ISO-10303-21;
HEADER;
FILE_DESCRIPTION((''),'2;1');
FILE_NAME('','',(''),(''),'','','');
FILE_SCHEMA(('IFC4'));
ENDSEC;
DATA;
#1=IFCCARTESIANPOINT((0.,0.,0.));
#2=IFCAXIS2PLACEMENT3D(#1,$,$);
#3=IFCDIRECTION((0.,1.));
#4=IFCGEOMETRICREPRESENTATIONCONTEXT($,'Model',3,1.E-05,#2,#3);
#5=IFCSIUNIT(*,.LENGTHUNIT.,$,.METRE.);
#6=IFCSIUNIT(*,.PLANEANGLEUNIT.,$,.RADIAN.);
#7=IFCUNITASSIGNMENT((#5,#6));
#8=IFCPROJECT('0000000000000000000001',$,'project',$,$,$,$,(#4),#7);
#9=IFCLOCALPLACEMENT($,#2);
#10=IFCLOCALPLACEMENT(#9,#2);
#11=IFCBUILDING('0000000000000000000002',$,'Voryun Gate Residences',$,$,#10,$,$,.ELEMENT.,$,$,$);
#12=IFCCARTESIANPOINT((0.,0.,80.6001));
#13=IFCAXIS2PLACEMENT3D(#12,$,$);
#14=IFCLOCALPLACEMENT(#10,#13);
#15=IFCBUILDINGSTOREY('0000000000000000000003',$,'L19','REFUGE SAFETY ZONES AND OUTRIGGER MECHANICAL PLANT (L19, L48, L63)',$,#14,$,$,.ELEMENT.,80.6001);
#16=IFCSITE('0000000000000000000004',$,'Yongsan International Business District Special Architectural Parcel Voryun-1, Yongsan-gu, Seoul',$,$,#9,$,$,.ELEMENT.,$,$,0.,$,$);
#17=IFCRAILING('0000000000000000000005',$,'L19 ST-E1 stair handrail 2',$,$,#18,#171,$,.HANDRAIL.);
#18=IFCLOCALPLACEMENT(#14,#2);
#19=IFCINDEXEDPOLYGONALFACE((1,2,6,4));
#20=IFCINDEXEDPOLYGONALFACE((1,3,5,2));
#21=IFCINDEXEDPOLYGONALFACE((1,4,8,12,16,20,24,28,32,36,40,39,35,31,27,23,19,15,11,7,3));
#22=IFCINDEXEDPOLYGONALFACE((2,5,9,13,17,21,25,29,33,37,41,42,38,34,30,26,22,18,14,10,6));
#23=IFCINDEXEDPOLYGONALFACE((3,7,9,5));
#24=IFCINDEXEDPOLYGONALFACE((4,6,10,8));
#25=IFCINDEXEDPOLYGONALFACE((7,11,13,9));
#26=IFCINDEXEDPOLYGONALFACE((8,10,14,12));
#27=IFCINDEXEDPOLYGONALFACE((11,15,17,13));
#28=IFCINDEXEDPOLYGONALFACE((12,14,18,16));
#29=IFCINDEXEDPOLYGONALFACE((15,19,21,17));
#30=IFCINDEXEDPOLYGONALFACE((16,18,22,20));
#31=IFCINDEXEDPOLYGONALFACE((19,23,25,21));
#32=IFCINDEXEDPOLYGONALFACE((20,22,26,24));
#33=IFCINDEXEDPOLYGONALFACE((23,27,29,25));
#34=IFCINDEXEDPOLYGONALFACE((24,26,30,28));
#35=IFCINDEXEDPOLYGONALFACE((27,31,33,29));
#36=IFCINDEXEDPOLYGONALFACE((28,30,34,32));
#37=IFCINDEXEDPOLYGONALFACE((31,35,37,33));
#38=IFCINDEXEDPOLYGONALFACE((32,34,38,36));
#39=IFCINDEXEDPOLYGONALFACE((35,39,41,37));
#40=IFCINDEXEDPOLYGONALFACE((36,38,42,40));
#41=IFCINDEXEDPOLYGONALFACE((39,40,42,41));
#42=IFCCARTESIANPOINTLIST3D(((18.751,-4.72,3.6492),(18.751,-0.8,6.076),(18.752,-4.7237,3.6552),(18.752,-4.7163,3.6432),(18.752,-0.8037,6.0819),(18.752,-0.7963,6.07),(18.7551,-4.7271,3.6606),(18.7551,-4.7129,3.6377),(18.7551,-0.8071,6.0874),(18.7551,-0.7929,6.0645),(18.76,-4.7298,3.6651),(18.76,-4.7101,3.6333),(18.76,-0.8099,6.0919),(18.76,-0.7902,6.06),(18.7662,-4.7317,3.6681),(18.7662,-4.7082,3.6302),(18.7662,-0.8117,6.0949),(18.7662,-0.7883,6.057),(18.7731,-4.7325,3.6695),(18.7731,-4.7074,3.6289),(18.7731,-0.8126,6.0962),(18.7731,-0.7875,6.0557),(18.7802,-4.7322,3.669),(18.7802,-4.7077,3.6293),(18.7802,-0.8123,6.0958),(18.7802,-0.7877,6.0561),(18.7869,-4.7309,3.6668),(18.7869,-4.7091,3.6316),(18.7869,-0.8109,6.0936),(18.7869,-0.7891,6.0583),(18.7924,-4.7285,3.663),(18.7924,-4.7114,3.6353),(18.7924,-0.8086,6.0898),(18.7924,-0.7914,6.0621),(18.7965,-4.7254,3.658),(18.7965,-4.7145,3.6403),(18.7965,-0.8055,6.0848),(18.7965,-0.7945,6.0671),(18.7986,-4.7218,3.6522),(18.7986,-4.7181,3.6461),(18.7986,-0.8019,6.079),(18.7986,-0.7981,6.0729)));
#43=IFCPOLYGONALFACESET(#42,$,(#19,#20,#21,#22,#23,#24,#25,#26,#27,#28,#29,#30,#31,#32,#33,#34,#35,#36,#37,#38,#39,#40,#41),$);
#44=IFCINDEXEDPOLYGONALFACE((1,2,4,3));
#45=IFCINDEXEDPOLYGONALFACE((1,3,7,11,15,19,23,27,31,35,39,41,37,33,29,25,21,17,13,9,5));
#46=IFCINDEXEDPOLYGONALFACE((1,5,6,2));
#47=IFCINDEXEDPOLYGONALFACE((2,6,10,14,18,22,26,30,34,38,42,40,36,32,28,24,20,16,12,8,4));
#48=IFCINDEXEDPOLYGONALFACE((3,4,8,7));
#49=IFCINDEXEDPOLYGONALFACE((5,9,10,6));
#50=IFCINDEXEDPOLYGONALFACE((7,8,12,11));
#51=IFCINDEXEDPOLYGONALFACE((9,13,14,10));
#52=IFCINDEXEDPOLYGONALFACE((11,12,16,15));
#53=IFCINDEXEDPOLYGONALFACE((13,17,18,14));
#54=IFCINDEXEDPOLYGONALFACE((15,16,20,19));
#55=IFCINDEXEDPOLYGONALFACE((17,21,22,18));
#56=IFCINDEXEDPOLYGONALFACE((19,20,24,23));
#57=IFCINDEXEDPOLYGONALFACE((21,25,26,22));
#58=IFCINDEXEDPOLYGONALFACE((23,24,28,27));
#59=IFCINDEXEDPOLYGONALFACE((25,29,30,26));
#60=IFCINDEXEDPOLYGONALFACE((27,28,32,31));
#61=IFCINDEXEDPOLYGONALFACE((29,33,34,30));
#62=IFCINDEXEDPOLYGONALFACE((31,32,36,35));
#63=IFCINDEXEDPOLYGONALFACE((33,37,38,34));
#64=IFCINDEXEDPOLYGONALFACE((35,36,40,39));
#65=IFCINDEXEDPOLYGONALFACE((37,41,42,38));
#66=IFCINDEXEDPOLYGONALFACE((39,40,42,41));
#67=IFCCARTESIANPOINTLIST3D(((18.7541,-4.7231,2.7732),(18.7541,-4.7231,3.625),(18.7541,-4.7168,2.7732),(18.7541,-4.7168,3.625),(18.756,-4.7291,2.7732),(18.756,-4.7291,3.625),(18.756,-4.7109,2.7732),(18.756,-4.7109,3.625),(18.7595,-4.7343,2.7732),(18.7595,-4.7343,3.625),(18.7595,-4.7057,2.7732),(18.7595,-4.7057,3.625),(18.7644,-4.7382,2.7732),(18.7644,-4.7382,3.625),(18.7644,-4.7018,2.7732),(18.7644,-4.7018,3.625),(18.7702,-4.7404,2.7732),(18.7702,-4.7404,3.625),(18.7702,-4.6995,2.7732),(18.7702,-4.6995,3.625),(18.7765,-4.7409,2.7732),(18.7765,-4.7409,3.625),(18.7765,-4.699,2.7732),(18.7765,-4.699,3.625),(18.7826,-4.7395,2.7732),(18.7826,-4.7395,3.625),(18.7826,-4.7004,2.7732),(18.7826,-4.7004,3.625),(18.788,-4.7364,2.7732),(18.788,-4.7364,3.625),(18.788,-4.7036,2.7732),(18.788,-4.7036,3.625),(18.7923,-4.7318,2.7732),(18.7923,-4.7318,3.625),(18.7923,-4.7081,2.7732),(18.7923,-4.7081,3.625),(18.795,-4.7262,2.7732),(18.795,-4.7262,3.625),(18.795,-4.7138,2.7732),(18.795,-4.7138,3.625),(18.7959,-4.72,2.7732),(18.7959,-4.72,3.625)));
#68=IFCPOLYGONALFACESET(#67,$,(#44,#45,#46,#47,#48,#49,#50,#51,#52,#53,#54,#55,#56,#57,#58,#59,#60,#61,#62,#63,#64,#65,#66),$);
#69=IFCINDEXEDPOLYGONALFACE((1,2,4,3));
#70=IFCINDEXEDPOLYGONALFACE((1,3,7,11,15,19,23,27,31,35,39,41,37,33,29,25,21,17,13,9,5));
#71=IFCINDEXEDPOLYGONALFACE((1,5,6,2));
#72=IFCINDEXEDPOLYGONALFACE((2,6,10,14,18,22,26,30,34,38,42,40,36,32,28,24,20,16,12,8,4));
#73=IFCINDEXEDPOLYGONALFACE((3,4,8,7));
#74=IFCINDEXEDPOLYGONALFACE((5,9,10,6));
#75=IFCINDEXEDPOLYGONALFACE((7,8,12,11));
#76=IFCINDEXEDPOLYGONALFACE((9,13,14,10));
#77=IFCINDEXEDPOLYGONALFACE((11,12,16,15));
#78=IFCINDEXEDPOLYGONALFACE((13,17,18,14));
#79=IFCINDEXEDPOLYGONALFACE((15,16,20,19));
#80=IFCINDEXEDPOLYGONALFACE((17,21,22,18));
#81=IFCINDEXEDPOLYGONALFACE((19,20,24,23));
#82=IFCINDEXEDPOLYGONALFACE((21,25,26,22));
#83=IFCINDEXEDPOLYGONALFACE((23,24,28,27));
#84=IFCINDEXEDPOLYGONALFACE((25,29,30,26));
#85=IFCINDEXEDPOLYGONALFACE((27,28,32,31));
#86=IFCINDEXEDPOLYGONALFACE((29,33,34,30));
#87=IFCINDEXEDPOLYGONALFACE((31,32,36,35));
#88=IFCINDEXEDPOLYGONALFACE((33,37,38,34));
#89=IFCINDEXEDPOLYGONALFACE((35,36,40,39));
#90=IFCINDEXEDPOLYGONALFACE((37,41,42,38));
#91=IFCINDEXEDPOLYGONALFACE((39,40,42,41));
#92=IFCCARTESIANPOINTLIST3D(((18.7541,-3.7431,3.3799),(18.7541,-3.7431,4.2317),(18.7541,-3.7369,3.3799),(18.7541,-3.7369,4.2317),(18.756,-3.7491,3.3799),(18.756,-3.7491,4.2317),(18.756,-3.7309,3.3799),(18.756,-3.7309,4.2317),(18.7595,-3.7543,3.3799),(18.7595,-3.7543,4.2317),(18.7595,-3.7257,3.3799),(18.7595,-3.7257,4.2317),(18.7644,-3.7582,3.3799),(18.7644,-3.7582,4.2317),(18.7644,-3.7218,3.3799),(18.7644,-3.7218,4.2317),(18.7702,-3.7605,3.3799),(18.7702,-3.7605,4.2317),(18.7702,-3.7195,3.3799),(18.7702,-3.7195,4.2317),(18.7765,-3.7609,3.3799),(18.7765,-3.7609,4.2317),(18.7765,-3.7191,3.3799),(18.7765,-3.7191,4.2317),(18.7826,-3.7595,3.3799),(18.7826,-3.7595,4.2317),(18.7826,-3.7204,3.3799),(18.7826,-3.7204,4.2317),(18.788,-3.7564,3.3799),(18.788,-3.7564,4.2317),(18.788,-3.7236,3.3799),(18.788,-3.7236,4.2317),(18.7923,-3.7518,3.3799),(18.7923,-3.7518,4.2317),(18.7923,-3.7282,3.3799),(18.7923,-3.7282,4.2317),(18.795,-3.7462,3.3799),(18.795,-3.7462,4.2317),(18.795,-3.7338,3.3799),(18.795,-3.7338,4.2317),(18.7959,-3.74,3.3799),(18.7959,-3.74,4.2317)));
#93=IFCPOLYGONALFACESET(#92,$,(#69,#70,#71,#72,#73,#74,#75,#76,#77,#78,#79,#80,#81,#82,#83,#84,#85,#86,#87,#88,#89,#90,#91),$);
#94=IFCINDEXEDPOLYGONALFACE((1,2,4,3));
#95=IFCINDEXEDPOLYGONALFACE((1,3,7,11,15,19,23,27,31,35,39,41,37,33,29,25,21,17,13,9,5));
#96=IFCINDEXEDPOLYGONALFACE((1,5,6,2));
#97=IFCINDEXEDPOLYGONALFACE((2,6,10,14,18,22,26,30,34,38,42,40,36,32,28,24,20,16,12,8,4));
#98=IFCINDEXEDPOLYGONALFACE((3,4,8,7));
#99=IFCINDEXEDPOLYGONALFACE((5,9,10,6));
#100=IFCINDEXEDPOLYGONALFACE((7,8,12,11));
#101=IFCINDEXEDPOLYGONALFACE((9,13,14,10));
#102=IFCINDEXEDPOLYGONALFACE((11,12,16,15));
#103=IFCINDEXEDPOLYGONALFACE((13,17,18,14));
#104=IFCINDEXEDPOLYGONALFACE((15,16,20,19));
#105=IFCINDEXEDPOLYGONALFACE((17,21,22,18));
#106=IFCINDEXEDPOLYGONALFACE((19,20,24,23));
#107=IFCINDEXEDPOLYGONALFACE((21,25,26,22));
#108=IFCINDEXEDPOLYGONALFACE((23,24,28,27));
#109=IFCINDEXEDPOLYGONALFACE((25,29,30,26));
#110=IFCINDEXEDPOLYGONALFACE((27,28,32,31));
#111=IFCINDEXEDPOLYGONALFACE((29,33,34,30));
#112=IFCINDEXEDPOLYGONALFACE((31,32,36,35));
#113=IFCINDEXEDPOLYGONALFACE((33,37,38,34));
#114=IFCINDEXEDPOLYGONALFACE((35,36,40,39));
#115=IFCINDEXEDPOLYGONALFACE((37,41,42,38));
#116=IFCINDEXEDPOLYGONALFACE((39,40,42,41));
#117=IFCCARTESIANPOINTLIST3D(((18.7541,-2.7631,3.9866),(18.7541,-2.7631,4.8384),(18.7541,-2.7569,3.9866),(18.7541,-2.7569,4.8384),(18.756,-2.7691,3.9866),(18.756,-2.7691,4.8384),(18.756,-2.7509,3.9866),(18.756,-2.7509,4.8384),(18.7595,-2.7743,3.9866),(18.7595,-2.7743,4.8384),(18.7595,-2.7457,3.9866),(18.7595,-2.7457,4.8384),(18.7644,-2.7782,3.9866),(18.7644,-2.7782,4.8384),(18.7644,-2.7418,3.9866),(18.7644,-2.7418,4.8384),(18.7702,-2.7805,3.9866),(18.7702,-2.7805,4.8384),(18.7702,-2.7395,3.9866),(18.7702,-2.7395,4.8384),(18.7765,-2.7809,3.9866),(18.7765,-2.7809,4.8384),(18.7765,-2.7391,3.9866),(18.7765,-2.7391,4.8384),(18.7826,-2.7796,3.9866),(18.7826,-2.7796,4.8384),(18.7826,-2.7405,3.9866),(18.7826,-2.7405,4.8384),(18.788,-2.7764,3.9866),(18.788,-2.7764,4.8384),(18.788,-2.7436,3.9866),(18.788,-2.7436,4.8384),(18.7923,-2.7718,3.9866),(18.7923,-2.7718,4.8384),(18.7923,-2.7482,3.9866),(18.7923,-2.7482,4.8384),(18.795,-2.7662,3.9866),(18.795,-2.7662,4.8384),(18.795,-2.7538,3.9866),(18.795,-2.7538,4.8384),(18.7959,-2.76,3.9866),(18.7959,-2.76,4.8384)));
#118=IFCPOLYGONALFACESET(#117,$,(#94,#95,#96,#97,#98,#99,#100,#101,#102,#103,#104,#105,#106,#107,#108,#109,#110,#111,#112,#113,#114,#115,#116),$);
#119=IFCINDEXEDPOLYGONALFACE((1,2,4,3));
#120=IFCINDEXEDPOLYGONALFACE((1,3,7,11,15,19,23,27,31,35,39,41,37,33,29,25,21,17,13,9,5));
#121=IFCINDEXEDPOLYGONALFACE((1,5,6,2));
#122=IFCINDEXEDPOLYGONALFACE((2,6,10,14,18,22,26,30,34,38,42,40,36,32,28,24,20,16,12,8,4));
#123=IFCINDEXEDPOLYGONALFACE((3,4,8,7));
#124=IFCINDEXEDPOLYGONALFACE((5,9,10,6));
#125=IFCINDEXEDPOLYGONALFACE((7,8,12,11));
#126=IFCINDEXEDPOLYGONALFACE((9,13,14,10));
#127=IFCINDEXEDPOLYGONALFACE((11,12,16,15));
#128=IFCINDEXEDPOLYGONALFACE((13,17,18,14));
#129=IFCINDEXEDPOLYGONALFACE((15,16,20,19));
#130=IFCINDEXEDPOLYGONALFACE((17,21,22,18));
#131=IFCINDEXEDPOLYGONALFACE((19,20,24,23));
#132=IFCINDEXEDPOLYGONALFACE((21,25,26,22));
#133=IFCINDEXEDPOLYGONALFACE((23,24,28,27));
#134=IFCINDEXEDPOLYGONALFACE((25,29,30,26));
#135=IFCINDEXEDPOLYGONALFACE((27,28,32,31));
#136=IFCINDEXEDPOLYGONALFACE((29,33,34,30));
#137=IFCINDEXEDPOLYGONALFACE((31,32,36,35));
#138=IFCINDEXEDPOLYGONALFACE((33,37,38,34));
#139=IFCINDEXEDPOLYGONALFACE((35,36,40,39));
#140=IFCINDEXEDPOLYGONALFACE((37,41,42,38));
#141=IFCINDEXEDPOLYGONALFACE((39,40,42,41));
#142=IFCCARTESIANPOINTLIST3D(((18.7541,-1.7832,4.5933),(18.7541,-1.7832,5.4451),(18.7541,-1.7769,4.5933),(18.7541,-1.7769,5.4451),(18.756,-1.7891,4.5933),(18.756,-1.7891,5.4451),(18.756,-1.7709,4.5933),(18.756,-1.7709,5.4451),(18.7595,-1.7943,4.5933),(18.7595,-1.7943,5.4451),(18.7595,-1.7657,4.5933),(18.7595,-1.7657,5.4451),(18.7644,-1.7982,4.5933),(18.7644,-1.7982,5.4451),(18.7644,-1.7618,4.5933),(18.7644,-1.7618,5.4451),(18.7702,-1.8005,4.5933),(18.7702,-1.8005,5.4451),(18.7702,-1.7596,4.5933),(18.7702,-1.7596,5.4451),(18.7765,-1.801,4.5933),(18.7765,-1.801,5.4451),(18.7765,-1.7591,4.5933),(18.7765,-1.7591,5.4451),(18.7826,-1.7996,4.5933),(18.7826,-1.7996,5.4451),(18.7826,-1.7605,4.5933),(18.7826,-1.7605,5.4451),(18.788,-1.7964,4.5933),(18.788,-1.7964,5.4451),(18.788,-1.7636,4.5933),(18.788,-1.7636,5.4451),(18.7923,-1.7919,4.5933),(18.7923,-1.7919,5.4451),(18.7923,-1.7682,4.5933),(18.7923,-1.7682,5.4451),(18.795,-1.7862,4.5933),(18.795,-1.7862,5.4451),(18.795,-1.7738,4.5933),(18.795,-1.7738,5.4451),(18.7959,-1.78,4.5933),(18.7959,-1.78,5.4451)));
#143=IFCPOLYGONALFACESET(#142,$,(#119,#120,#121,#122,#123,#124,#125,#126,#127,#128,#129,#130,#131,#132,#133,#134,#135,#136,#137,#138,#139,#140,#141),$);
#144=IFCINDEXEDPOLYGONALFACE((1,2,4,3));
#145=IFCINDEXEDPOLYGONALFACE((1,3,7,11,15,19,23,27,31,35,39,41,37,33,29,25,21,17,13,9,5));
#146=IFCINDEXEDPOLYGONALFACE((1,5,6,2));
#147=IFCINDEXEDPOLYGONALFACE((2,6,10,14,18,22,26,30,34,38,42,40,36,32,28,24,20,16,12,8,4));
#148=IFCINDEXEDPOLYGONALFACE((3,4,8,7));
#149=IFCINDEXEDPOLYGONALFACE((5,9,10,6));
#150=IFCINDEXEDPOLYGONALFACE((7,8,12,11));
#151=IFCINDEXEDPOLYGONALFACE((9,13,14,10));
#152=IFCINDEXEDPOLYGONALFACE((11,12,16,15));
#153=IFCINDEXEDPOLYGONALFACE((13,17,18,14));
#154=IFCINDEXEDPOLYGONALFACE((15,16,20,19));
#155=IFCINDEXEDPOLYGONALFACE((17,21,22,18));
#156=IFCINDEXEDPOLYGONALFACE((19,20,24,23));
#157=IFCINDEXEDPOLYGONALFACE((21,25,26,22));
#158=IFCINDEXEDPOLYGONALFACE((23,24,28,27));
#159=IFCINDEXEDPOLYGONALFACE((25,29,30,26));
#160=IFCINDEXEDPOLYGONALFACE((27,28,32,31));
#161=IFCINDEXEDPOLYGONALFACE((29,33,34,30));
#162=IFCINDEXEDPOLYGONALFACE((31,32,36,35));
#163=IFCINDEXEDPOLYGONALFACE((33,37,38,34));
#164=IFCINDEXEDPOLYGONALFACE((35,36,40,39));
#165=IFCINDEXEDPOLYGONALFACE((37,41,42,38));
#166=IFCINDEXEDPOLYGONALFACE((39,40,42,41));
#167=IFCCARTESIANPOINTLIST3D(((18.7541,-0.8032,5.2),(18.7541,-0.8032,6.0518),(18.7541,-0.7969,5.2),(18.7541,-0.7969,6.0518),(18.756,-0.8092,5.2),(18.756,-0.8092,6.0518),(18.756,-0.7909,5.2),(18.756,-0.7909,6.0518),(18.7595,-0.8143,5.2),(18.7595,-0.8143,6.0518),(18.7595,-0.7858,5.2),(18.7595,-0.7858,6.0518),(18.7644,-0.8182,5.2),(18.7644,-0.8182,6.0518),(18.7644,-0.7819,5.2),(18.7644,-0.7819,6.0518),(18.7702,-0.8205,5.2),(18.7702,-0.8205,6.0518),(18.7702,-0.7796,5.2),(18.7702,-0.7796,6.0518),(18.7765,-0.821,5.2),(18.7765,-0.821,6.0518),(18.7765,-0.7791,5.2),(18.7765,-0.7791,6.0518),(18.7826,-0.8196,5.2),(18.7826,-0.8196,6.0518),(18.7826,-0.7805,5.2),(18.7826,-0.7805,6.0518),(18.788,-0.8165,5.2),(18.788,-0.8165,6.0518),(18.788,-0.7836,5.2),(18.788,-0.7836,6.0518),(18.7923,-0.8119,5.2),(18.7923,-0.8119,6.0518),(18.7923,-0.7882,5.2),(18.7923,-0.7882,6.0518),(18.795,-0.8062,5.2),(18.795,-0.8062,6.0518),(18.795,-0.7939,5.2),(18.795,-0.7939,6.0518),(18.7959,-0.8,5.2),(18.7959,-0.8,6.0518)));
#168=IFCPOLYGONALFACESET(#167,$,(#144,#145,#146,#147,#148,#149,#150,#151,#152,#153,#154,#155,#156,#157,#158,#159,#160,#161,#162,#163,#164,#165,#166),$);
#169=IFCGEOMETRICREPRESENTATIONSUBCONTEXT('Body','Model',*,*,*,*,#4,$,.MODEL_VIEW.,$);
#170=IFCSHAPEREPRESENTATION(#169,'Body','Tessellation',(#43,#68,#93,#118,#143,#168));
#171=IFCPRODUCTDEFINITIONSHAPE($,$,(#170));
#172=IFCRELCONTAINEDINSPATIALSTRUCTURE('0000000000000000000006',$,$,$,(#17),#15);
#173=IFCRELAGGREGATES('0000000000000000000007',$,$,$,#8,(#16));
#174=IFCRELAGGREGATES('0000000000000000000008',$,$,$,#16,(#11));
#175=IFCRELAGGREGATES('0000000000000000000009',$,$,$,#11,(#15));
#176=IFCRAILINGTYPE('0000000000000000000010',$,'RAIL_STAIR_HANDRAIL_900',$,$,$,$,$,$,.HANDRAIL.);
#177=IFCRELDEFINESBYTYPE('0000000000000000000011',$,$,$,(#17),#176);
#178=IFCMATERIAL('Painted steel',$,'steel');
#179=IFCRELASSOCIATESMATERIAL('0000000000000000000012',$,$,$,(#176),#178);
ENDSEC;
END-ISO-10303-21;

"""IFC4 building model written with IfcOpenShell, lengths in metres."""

from ifc_helpers import new_model, si_unit, direction, frame, origin, origin_2d, place, context, subcontext, project, spatial, circle, extrude, material, type_object, element, save


model = new_model("IFC4")

# Units and contexts
model_context = context("Model", 3, precision=1e-05, world=origin(), true_north=direction((0.0, 1.0)))
body_context = subcontext(model_context, "Body", "Model", "MODEL_VIEW")
ifc_project = project(units=[si_unit("LENGTHUNIT", "METRE"), si_unit("PLANEANGLEUNIT", "RADIAN")], contexts=[model_context])

# Site, building, storey
site_placement = place(None, origin())
site = spatial("IfcSite", under=ifc_project, at=site_placement, Name="Yongsan International Business District Special Architectural Parcel Voryun-1, Yongsan-gu, Seoul", CompositionType="ELEMENT", RefElevation=0.0)
building_placement = place(site_placement, origin())
building = spatial("IfcBuilding", under=site, at=building_placement, Name="Voryun Gate Residences", CompositionType="ELEMENT")
storey_placement = place(building_placement, frame((0.0, 0.0, 80.6001)))
storey = spatial("IfcBuildingStorey", under=building, at=storey_placement, Name="L19", Description="REFUGE SAFETY ZONES AND OUTRIGGER MECHANICAL PLANT (L19, L48, L63)", CompositionType="ELEMENT", Elevation=80.6001)

# Railing
ifc_material_1 = material(Name="Painted steel", Category="steel")
railing_type_1 = type_object("IfcRailingType", Name="RAIL_STAIR_HANDRAIL_900", PredefinedType="HANDRAIL", material=ifc_material_1)
railing_1_placement = place(storey_placement, frame((18.7749, -4.72, 2.7732)))
element("IfcRailing", 1, at=railing_1_placement, inside=storey, type_object=railing_type_1, Name="L19 ST-E1 stair handrail 2", PredefinedType="HANDRAIL", context=body_context, shape_type="SweptSolid", body=[
    extrude(circle(Radius=0.0239, at=origin_2d()), frame((0.0, 0.0, 0.876), z_axis=(0.0, 0.850252, 0.526376), x_axis=(-1.0, 0.0, 0.0)), (0.0, 0.0, 1.0), 4.6104),
    extrude(circle(Radius=0.021, at=origin_2d()), origin(), (0.0, 0.0, 1.0), 0.8518),
    extrude(circle(Radius=0.021, at=origin_2d()), frame((0.0, 0.98, 0.6067)), (0.0, 0.0, 1.0), 0.8518),
    extrude(circle(Radius=0.021, at=origin_2d()), frame((0.0, 1.96, 1.2134)), (0.0, 0.0, 1.0), 0.8518),
    extrude(circle(Radius=0.021, at=origin_2d()), frame((0.0, 2.9399, 1.8201)), (0.0, 0.0, 1.0), 0.8518),
    extrude(circle(Radius=0.021, at=origin_2d()), frame((0.0, 3.9199, 2.4268)), (0.0, 0.0, 1.0), 0.8518),
])

save(model, "model.ifc")
